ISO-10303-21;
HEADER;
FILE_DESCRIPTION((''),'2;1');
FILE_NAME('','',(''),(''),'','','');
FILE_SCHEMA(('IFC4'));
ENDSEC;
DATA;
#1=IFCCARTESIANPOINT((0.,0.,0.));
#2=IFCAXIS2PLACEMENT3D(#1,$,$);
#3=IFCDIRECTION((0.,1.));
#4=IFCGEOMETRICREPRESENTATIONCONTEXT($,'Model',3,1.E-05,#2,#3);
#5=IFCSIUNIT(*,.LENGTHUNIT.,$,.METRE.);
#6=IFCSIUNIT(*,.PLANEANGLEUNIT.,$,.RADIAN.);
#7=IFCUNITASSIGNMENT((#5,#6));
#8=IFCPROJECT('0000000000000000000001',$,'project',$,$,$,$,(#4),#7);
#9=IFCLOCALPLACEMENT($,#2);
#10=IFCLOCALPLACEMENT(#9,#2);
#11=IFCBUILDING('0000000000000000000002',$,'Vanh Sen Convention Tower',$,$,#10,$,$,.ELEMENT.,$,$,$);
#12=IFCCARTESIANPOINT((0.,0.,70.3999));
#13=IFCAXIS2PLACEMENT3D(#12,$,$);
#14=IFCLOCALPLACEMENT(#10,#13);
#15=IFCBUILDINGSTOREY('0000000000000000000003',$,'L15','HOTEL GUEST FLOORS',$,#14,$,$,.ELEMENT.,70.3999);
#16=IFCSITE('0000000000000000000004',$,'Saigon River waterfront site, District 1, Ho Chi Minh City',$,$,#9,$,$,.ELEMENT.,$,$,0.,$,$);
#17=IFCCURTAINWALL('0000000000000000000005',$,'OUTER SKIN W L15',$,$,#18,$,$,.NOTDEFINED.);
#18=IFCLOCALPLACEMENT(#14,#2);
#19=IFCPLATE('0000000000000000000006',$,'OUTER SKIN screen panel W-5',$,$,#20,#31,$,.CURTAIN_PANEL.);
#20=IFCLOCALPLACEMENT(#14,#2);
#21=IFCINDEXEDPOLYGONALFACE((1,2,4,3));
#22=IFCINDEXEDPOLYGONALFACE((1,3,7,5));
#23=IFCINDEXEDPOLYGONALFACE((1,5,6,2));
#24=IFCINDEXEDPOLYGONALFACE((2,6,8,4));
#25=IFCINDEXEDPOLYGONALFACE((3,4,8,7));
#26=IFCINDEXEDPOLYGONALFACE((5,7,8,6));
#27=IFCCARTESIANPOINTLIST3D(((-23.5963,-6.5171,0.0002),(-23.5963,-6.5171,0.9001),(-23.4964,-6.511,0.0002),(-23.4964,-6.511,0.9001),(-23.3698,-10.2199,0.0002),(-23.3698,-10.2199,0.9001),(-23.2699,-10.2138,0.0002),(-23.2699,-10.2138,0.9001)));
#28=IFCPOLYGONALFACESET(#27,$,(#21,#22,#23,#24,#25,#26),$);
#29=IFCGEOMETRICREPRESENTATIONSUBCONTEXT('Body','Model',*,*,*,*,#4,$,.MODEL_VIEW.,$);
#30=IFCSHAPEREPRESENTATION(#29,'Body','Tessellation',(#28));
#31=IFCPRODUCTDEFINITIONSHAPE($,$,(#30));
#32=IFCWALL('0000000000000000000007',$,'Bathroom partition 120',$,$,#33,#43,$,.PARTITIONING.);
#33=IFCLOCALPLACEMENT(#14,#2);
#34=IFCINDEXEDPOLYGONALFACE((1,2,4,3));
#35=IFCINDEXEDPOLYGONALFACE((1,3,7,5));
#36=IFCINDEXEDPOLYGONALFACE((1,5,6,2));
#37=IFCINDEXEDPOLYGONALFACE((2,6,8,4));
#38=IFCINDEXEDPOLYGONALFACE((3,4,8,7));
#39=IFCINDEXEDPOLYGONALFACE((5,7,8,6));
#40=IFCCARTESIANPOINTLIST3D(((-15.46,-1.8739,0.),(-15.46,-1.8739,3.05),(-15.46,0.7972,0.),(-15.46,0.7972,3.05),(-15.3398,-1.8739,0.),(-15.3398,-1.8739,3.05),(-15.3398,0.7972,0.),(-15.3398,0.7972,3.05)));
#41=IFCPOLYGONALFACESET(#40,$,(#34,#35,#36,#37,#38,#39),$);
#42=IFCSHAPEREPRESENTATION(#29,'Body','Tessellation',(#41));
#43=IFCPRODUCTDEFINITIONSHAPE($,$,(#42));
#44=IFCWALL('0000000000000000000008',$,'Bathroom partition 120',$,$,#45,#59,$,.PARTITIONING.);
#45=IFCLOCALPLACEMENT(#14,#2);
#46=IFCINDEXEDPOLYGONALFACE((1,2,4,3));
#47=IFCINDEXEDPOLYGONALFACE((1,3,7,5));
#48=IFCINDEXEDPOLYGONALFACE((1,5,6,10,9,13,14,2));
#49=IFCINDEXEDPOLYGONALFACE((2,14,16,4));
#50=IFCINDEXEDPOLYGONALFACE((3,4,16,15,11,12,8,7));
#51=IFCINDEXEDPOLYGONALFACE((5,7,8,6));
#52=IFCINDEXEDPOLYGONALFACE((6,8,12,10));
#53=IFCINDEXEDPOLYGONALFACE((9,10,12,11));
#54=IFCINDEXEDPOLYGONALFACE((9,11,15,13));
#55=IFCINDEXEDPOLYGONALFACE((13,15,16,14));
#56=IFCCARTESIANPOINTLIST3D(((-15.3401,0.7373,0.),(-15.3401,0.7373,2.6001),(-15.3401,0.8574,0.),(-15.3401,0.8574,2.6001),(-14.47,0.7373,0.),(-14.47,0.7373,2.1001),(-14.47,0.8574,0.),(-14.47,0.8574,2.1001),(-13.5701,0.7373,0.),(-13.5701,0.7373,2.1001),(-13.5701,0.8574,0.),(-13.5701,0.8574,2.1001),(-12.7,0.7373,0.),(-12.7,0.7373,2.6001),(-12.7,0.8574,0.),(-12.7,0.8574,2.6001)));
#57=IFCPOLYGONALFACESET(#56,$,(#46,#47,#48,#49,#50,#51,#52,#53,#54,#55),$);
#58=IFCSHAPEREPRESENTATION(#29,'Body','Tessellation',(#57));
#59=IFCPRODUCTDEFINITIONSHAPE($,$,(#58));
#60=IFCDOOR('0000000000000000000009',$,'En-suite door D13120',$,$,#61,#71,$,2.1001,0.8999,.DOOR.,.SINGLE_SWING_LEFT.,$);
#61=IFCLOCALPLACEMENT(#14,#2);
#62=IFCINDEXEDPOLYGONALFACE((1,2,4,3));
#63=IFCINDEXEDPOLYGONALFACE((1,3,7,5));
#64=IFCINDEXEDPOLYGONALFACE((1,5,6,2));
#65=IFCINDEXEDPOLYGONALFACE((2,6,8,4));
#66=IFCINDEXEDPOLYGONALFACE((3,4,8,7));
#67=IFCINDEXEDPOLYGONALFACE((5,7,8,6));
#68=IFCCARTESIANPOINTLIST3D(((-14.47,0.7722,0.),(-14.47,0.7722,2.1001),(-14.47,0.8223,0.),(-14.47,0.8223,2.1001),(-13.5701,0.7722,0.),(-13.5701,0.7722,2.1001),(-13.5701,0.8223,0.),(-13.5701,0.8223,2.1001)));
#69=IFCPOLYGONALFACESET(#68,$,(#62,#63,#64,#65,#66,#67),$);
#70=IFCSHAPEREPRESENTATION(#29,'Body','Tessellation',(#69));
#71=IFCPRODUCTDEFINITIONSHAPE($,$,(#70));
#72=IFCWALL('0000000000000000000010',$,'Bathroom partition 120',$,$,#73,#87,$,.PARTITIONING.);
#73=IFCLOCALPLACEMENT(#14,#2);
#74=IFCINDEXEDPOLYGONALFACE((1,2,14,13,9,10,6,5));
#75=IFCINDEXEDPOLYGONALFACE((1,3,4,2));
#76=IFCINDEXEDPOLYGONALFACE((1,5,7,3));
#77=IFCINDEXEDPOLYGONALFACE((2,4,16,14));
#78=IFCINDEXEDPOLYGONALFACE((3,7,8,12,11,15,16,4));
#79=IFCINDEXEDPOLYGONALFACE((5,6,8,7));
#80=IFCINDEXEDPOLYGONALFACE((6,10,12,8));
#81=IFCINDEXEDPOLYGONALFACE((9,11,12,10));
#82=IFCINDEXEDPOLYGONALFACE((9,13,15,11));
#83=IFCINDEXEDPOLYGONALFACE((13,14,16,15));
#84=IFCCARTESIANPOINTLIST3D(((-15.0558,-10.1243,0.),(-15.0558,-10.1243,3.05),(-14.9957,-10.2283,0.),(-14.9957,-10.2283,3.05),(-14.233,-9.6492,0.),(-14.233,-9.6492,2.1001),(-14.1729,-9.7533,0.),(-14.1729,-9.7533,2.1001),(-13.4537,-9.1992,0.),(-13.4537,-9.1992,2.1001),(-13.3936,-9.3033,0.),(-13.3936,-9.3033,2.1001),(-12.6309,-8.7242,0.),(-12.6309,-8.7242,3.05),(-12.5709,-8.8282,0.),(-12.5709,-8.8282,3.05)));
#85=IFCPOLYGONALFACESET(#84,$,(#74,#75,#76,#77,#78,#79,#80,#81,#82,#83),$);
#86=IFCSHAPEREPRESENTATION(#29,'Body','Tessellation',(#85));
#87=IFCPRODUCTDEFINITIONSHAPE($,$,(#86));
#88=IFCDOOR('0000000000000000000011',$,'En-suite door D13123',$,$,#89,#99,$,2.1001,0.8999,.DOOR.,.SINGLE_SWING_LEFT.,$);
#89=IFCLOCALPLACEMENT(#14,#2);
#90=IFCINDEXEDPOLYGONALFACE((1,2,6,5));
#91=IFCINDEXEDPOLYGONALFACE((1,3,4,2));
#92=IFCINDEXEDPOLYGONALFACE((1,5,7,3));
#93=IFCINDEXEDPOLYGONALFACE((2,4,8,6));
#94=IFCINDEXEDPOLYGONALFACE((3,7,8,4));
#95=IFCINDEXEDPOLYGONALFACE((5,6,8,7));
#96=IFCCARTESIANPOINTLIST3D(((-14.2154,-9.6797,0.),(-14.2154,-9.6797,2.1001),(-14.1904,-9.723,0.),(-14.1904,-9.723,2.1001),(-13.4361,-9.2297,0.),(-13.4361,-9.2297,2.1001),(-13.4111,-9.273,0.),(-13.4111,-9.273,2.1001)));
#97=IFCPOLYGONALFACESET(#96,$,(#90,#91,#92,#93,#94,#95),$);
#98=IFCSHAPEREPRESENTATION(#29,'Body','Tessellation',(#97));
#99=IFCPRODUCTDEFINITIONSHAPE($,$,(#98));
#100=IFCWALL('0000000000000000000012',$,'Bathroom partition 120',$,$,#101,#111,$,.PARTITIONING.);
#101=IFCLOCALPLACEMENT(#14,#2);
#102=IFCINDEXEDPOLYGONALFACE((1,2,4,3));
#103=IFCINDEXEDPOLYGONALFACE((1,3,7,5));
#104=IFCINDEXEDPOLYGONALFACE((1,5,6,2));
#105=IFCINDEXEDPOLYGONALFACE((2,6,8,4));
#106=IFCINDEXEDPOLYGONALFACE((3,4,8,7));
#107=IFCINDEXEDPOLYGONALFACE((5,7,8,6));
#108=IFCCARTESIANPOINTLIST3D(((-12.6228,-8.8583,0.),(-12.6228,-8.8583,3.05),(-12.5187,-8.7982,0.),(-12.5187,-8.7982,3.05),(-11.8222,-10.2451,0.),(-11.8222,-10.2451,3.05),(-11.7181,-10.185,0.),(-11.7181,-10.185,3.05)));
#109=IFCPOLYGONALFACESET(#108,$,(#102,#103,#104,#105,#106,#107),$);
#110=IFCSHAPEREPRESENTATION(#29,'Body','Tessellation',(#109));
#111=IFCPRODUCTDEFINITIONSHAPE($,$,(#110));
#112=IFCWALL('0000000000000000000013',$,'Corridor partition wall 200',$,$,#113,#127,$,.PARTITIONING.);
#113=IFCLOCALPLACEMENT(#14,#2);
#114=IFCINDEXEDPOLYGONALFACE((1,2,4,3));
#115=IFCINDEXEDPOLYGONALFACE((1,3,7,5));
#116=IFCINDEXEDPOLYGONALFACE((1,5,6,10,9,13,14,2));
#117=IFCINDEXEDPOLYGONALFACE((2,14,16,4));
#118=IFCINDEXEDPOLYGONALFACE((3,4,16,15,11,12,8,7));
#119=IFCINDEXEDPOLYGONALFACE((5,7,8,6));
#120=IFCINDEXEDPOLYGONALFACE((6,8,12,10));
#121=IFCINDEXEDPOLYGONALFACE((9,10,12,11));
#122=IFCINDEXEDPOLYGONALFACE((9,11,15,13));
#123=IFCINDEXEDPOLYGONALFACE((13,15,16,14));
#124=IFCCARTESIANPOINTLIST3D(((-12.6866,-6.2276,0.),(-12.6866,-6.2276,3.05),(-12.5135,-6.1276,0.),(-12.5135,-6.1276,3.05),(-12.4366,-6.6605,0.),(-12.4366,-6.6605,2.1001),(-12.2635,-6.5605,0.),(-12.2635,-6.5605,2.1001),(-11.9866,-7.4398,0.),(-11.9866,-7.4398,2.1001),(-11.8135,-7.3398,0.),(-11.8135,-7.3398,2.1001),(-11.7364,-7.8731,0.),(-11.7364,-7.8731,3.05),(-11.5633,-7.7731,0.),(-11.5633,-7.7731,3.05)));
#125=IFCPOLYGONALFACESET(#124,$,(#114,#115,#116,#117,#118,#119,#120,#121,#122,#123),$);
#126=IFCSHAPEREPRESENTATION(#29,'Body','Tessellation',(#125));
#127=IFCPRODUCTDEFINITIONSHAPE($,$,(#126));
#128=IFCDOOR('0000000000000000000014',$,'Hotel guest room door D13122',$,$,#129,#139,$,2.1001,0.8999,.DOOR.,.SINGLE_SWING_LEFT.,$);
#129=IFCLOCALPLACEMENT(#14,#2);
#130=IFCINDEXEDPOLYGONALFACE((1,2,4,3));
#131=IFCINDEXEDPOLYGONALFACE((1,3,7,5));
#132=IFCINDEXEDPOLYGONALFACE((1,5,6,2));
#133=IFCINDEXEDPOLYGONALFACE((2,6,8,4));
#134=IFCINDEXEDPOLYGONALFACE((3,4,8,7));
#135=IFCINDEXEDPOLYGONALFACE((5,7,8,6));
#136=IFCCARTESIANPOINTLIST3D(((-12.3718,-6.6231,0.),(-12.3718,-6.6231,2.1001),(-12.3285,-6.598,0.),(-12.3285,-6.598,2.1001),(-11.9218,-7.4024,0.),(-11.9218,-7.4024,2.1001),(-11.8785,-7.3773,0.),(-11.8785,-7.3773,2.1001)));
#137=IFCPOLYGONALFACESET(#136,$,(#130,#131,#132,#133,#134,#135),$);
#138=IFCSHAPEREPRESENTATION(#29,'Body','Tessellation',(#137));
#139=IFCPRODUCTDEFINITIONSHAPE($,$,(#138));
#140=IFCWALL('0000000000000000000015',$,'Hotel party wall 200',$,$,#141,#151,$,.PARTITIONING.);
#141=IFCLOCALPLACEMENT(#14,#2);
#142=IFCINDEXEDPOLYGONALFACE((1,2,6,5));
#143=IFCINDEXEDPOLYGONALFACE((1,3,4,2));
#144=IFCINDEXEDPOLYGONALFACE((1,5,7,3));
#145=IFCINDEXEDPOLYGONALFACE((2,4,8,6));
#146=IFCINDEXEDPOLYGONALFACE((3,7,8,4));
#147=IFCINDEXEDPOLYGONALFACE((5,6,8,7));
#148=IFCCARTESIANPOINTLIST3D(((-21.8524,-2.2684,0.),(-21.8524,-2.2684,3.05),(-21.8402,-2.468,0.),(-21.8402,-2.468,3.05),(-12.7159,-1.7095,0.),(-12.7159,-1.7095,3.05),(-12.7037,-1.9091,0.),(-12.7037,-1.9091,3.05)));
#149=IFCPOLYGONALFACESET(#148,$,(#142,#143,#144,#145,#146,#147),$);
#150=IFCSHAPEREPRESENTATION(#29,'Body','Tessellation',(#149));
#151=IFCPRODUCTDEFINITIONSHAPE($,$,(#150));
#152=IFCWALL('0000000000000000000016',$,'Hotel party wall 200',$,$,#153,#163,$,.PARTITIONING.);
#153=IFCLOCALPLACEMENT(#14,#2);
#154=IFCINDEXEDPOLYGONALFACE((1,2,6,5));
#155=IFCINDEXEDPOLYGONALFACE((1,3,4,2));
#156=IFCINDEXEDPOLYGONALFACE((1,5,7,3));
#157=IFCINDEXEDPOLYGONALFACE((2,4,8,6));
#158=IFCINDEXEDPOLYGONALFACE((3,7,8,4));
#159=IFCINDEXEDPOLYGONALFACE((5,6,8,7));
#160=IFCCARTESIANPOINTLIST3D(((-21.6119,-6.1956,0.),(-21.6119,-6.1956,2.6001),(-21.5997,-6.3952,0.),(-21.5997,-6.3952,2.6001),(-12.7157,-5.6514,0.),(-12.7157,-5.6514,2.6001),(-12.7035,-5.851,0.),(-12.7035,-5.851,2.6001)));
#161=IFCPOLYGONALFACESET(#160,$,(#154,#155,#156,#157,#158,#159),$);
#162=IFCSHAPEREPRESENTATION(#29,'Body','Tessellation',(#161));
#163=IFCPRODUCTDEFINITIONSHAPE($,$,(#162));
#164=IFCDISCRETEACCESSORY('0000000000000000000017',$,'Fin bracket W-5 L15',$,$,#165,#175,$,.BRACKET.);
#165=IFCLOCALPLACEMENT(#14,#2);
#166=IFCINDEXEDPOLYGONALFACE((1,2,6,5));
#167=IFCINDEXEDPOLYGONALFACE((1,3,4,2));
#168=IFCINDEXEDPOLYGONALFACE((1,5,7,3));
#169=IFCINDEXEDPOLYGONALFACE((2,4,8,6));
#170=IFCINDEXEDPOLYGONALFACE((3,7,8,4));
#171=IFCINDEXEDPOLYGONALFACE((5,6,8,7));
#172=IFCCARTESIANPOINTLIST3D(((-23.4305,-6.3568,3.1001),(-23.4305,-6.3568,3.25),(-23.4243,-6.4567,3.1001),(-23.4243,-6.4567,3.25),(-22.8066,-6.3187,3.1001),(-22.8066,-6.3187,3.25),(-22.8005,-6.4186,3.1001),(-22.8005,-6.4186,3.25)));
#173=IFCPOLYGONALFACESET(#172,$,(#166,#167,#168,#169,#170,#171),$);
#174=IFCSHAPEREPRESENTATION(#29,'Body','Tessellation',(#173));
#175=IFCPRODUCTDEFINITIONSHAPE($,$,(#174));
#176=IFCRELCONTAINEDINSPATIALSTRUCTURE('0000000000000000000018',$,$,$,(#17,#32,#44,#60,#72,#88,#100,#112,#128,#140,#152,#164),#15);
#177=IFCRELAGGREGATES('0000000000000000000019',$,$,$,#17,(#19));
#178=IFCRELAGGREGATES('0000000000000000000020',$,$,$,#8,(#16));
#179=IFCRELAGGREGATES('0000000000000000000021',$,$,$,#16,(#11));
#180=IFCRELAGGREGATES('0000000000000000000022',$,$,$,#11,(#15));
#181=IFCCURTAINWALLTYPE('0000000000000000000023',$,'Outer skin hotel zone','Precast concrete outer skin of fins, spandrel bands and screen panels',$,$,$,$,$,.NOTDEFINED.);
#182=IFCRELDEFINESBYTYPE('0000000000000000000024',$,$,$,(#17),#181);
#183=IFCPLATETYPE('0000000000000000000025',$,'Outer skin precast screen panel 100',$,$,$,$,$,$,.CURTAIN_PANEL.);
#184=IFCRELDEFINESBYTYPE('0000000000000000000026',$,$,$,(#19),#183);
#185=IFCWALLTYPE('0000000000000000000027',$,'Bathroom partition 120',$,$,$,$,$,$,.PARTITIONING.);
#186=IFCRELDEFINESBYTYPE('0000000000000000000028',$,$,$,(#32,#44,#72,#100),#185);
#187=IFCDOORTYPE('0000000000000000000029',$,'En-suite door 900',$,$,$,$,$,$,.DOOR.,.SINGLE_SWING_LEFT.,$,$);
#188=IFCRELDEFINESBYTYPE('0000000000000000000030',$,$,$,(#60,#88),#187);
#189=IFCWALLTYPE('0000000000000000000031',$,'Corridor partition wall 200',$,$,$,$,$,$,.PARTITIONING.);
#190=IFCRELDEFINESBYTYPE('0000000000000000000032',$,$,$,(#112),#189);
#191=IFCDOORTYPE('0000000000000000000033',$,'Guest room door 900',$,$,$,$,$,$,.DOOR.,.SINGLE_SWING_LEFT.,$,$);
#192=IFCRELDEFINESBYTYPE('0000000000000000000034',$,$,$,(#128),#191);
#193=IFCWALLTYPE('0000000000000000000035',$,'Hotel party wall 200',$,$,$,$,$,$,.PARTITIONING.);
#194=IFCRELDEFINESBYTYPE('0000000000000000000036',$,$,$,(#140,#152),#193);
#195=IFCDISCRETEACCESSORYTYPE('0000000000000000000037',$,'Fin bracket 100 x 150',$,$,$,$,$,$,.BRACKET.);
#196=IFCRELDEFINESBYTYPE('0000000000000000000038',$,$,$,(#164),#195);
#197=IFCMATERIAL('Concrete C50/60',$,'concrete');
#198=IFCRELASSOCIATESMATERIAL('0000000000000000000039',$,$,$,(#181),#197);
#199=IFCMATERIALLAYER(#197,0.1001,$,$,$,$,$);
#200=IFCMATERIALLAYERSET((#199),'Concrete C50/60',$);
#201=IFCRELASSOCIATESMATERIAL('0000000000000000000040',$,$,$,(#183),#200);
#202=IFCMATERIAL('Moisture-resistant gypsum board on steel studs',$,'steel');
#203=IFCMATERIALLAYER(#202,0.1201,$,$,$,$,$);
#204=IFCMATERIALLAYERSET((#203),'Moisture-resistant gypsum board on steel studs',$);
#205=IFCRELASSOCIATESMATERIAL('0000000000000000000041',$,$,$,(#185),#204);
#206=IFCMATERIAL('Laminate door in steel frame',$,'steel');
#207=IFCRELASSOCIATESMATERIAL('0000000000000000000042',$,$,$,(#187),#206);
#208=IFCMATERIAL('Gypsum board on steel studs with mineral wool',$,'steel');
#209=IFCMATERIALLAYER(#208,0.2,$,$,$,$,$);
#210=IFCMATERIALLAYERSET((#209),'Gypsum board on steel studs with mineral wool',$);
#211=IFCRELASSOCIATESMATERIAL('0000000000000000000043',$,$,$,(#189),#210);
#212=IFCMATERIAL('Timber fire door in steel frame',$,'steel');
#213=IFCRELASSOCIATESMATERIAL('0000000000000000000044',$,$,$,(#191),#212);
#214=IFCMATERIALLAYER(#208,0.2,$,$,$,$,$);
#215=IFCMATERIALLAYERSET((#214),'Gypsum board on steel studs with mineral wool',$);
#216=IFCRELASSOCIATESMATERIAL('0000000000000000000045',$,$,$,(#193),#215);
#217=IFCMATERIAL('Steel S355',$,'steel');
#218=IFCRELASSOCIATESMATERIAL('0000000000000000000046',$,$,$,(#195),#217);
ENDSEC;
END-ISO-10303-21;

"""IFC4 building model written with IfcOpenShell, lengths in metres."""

from ifc_helpers import new_model, si_unit, direction, frame, frame_2d, origin, origin_2d, place, context, subcontext, project, spatial, rectangle, extrude, material, layer, layer_set, type_object, element, fill, aggregate, save


model = new_model("IFC4")

# Units and contexts
model_context = context("Model", 3, precision=1e-05, world=origin(), true_north=direction((0.0, 1.0)))
body_context = subcontext(model_context, "Body", "Model", "MODEL_VIEW")
ifc_project = project(units=[si_unit("LENGTHUNIT", "METRE"), si_unit("PLANEANGLEUNIT", "RADIAN")], contexts=[model_context])

# Site, building, storey
site_placement = place(None, origin())
site = spatial("IfcSite", under=ifc_project, at=site_placement, Name="Saigon River waterfront site, District 1, Ho Chi Minh City", CompositionType="ELEMENT", RefElevation=0.0)
building_placement = place(site_placement, origin())
building = spatial("IfcBuilding", under=site, at=building_placement, Name="Vanh Sen Convention Tower", CompositionType="ELEMENT")
storey_placement = place(building_placement, frame((0.0, 0.0, 70.3999)))
storey = spatial("IfcBuildingStorey", under=building, at=storey_placement, Name="L15", Description="HOTEL GUEST FLOORS", CompositionType="ELEMENT", Elevation=70.3999)

# Curtain wall
ifc_material_1 = material(Name="Concrete C50/60", Category="concrete")
curtain_wall_type = type_object("IfcCurtainWallType", Name="Outer skin hotel zone", Description="Precast concrete outer skin of fins, spandrel bands and screen panels", PredefinedType="NOTDEFINED", material=ifc_material_1)
curtain_wall_1_placement = place(storey_placement, origin())
curtain_wall_1 = element("IfcCurtainWall", 1, at=curtain_wall_1_placement, inside=storey, type_object=curtain_wall_type, Name="OUTER SKIN W L15", PredefinedType="NOTDEFINED")

# Plate
ifc_layer_1 = layer(ifc_material_1, 0.1001)
ifc_layer_set_1 = layer_set([ifc_layer_1], Name="Concrete C50/60")
plate_type = type_object("IfcPlateType", Name="Outer skin precast screen panel 100", PredefinedType="CURTAIN_PANEL", material=ifc_layer_set_1)
plate_1_placement = place(storey_placement, frame((-23.4331, -8.3655, 0.0002), z_axis=(0.0, 0.0, 1.0), x_axis=(0.061047, -0.998135, 0.0)))
plate_1 = element("IfcPlate", 2, at=plate_1_placement, type_object=plate_type, Name="OUTER SKIN screen panel W-5", PredefinedType="CURTAIN_PANEL", context=body_context, shape_type="SweptSolid", body=[
    extrude(rectangle(XDim=3.7097, YDim=0.1001, at=origin_2d()), origin(), (0.0, 0.0, 1.0), 0.8999),
])
aggregate(curtain_wall_1, [plate_1])

# Wall
ifc_material_2 = material(Name="Moisture-resistant gypsum board on steel studs", Category="steel")
ifc_layer_2 = layer(ifc_material_2, 0.1201)
ifc_layer_set_2 = layer_set([ifc_layer_2], Name="Moisture-resistant gypsum board on steel studs")
wall_type_1 = type_object("IfcWallType", Name="Bathroom partition 120", PredefinedType="PARTITIONING", material=ifc_layer_set_2)
wall_1_placement = place(storey_placement, frame((-15.3999, -1.8738, 0.0), z_axis=(0.0, 0.0, 1.0), x_axis=(0.0, 1.0, 0.0)))
element("IfcWall", 3, at=wall_1_placement, inside=storey, type_object=wall_type_1, Name="Bathroom partition 120", PredefinedType="PARTITIONING", context=body_context, shape_type="SweptSolid", body=[
    extrude(rectangle(XDim=2.6711, YDim=0.1201, at=frame_2d((1.3354, 0.0))), origin(), (0.0, 0.0, 1.0), 3.05),
])

# Walls, openings, doors
wall_2_placement = place(storey_placement, frame((-15.3401, 0.7974, 0.0), z_axis=(0.0, 0.0, 1.0), x_axis=(1.0, 0.0, 0.0)))
wall_2 = element("IfcWall", 4, at=wall_2_placement, inside=storey, type_object=wall_type_1, Name="Bathroom partition 120", PredefinedType="PARTITIONING", context=body_context, shape_type="SweptSolid", body=[
    extrude(rectangle(XDim=2.6401, YDim=0.1201, at=frame_2d((1.3201, 0.0))), origin(), (0.0, 0.0, 1.0), 2.6001),
])
opening_1_placement = place(wall_2_placement, frame((0.8701, 0.0, 0.0)))
opening_1 = element("IfcOpeningElement", 5, at=opening_1_placement, cuts=wall_2, PredefinedType="OPENING", context=body_context, shape_type="SweptSolid", body=[
    extrude(rectangle(XDim=0.8999, YDim=2.1001, at=frame_2d((0.45, 1.05))), frame((0.0, 0.0701, 0.0), z_axis=(0.0, -1.0, 0.0), x_axis=(1.0, 0.0, 0.0)), (0.0, 0.0, 1.0), 0.1401),
])
ifc_material_3 = material(Name="Laminate door in steel frame", Category="steel")
door_type_1 = type_object("IfcDoorType", Name="En-suite door 900", OperationType="SINGLE_SWING_LEFT", PredefinedType="DOOR", material=ifc_material_3)
door_1_placement = place(opening_1_placement, origin())
door_1 = element("IfcDoor", 6, at=door_1_placement, inside=storey, type_object=door_type_1, Name="En-suite door D13120", OperationType="SINGLE_SWING_LEFT", OverallHeight=2.1001, OverallWidth=0.8999, PredefinedType="DOOR", context=body_context, shape_type="SweptSolid", body=[
    extrude(rectangle(XDim=0.8999, YDim=2.1001, at=frame_2d((0.45, 1.05))), frame((0.0, 0.0249, 0.0), z_axis=(0.0, -1.0, 0.0), x_axis=(1.0, 0.0, 0.0)), (0.0, 0.0, 1.0), 0.05),
])
fill(opening_1, door_1)
wall_3_placement = place(storey_placement, frame((-15.0256, -10.1763, 0.0), z_axis=(0.0, 0.0, 1.0), x_axis=(0.865997, 0.50005, 0.0)))
wall_3 = element("IfcWall", 7, at=wall_3_placement, inside=storey, type_object=wall_type_1, Name="Bathroom partition 120", PredefinedType="PARTITIONING", context=body_context, shape_type="SweptSolid", body=[
    extrude(rectangle(XDim=2.8, YDim=0.1201, at=frame_2d((1.3999, 0.0))), origin(), (0.0, 0.0, 1.0), 3.05),
])
opening_2_placement = place(wall_3_placement, frame((0.95, 0.0, 0.0)))
opening_2 = element("IfcOpeningElement", 8, at=opening_2_placement, cuts=wall_3, PredefinedType="OPENING", context=body_context, shape_type="SweptSolid", body=[
    extrude(rectangle(XDim=0.8999, YDim=2.1001, at=frame_2d((0.45, 1.05))), frame((0.0, 0.0701, 0.0), z_axis=(0.0, -1.0, 0.0), x_axis=(1.0, 0.0, 0.0)), (0.0, 0.0, 1.0), 0.1401),
])
door_2_placement = place(opening_2_placement, origin())
door_2 = element("IfcDoor", 9, at=door_2_placement, inside=storey, type_object=door_type_1, Name="En-suite door D13123", OperationType="SINGLE_SWING_LEFT", OverallHeight=2.1001, OverallWidth=0.8999, PredefinedType="DOOR", context=body_context, shape_type="SweptSolid", body=[
    extrude(rectangle(XDim=0.8999, YDim=2.1001, at=frame_2d((0.45, 1.05))), frame((0.0, 0.0249, 0.0), z_axis=(0.0, -1.0, 0.0), x_axis=(1.0, 0.0, 0.0)), (0.0, 0.0, 1.0), 0.05),
])
fill(opening_2, door_2)

# Wall
wall_4_placement = place(storey_placement, frame((-12.5708, -8.8281, 0.0), z_axis=(0.0, 0.0, 1.0), x_axis=(0.49996, -0.866048, 0.0)))
element("IfcWall", 10, at=wall_4_placement, inside=storey, type_object=wall_type_1, Name="Bathroom partition 120", PredefinedType="PARTITIONING", context=body_context, shape_type="SweptSolid", body=[
    extrude(rectangle(XDim=1.6013, YDim=0.1201, at=frame_2d((0.8008, 0.0))), origin(), (0.0, 0.0, 1.0), 3.05),
])

# Wall, opening, door
ifc_material_4 = material(Name="Gypsum board on steel studs with mineral wool", Category="steel")
ifc_layer_3 = layer(ifc_material_4, 0.2)
ifc_layer_set_3 = layer_set([ifc_layer_3], Name="Gypsum board on steel studs with mineral wool")
wall_type_2 = type_object("IfcWallType", Name="Corridor partition wall 200", PredefinedType="PARTITIONING", material=ifc_layer_set_3)
wall_5_placement = place(storey_placement, frame((-12.6001, -6.1775, 0.0), z_axis=(0.0, 0.0, 1.0), x_axis=(0.500064, -0.865989, 0.0)))
wall_5 = element("IfcWall", 11, at=wall_5_placement, inside=storey, type_object=wall_type_2, Name="Corridor partition wall 200", PredefinedType="PARTITIONING", context=body_context, shape_type="SweptSolid", body=[
    extrude(rectangle(XDim=1.9001, YDim=0.2, at=frame_2d((0.9502, 0.0))), origin(), (0.0, 0.0, 1.0), 3.05),
])
opening_3_placement = place(wall_5_placement, frame((0.5, 0.0, 0.0)))
opening_3 = element("IfcOpeningElement", 12, at=opening_3_placement, cuts=wall_5, PredefinedType="OPENING", context=body_context, shape_type="SweptSolid", body=[
    extrude(rectangle(XDim=0.8999, YDim=2.1001, at=frame_2d((0.45, 1.05))), frame((0.0, 0.1099, 0.0), z_axis=(0.0, -1.0, 0.0), x_axis=(1.0, 0.0, 0.0)), (0.0, 0.0, 1.0), 0.22),
])
ifc_material_5 = material(Name="Timber fire door in steel frame", Category="steel")
door_type_2 = type_object("IfcDoorType", Name="Guest room door 900", OperationType="SINGLE_SWING_LEFT", PredefinedType="DOOR", material=ifc_material_5)
door_3_placement = place(opening_3_placement, origin())
door_3 = element("IfcDoor", 13, at=door_3_placement, inside=storey, type_object=door_type_2, Name="Hotel guest room door D13122", OperationType="SINGLE_SWING_LEFT", OverallHeight=2.1001, OverallWidth=0.8999, PredefinedType="DOOR", context=body_context, shape_type="SweptSolid", body=[
    extrude(rectangle(XDim=0.8999, YDim=2.1001, at=frame_2d((0.45, 1.05))), frame((0.0, 0.0249, 0.0), z_axis=(0.0, -1.0, 0.0), x_axis=(1.0, 0.0, 0.0)), (0.0, 0.0, 1.0), 0.05),
])
fill(opening_3, door_3)

# Walls
ifc_layer_4 = layer(ifc_material_4, 0.2)
ifc_layer_set_4 = layer_set([ifc_layer_4], Name="Gypsum board on steel studs with mineral wool")
wall_type_3 = type_object("IfcWallType", Name="Hotel party wall 200", PredefinedType="PARTITIONING", material=ifc_layer_set_4)
wall_6_placement = place(storey_placement, frame((-21.8462, -2.3682, 0.0), z_axis=(0.0, 0.0, 1.0), x_axis=(0.998135, 0.061051, 0.0)))
element("IfcWall", 14, at=wall_6_placement, inside=storey, type_object=wall_type_3, Name="Hotel party wall 200", PredefinedType="PARTITIONING", context=body_context, shape_type="SweptSolid", body=[
    extrude(rectangle(XDim=9.1536, YDim=0.2, at=frame_2d((4.5767, 0.0))), origin(), (0.0, 0.0, 1.0), 3.05),
])
wall_7_placement = place(storey_placement, frame((-21.606, -6.2954, 0.0), z_axis=(0.0, 0.0, 1.0), x_axis=(0.998134, 0.061057, 0.0)))
element("IfcWall", 15, at=wall_7_placement, inside=storey, type_object=wall_type_3, Name="Hotel party wall 200", PredefinedType="PARTITIONING", context=body_context, shape_type="SweptSolid", body=[
    extrude(rectangle(XDim=8.9128, YDim=0.2, at=frame_2d((4.4565, 0.0))), origin(), (0.0, 0.0, 1.0), 2.6001),
])

# Discrete accessory
ifc_material_6 = material(Name="Steel S355", Category="steel")
discrete_accessory_type = type_object("IfcDiscreteAccessoryType", Name="Fin bracket 100 x 150", PredefinedType="BRACKET", material=ifc_material_6)
discrete_accessory_placement = place(storey_placement, frame((-23.1155, -6.3877, 3.1001), z_axis=(0.0, 0.0, 1.0), x_axis=(-0.998135, -0.061049, 0.0)))
element("IfcDiscreteAccessory", 16, at=discrete_accessory_placement, inside=storey, type_object=discrete_accessory_type, Name="Fin bracket W-5 L15", PredefinedType="BRACKET", context=body_context, shape_type="SweptSolid", body=[
    extrude(rectangle(XDim=0.625, YDim=0.1001, at=origin_2d()), origin(), (0.0, 0.0, 1.0), 0.1499),
])

save(model, "model.ifc")
